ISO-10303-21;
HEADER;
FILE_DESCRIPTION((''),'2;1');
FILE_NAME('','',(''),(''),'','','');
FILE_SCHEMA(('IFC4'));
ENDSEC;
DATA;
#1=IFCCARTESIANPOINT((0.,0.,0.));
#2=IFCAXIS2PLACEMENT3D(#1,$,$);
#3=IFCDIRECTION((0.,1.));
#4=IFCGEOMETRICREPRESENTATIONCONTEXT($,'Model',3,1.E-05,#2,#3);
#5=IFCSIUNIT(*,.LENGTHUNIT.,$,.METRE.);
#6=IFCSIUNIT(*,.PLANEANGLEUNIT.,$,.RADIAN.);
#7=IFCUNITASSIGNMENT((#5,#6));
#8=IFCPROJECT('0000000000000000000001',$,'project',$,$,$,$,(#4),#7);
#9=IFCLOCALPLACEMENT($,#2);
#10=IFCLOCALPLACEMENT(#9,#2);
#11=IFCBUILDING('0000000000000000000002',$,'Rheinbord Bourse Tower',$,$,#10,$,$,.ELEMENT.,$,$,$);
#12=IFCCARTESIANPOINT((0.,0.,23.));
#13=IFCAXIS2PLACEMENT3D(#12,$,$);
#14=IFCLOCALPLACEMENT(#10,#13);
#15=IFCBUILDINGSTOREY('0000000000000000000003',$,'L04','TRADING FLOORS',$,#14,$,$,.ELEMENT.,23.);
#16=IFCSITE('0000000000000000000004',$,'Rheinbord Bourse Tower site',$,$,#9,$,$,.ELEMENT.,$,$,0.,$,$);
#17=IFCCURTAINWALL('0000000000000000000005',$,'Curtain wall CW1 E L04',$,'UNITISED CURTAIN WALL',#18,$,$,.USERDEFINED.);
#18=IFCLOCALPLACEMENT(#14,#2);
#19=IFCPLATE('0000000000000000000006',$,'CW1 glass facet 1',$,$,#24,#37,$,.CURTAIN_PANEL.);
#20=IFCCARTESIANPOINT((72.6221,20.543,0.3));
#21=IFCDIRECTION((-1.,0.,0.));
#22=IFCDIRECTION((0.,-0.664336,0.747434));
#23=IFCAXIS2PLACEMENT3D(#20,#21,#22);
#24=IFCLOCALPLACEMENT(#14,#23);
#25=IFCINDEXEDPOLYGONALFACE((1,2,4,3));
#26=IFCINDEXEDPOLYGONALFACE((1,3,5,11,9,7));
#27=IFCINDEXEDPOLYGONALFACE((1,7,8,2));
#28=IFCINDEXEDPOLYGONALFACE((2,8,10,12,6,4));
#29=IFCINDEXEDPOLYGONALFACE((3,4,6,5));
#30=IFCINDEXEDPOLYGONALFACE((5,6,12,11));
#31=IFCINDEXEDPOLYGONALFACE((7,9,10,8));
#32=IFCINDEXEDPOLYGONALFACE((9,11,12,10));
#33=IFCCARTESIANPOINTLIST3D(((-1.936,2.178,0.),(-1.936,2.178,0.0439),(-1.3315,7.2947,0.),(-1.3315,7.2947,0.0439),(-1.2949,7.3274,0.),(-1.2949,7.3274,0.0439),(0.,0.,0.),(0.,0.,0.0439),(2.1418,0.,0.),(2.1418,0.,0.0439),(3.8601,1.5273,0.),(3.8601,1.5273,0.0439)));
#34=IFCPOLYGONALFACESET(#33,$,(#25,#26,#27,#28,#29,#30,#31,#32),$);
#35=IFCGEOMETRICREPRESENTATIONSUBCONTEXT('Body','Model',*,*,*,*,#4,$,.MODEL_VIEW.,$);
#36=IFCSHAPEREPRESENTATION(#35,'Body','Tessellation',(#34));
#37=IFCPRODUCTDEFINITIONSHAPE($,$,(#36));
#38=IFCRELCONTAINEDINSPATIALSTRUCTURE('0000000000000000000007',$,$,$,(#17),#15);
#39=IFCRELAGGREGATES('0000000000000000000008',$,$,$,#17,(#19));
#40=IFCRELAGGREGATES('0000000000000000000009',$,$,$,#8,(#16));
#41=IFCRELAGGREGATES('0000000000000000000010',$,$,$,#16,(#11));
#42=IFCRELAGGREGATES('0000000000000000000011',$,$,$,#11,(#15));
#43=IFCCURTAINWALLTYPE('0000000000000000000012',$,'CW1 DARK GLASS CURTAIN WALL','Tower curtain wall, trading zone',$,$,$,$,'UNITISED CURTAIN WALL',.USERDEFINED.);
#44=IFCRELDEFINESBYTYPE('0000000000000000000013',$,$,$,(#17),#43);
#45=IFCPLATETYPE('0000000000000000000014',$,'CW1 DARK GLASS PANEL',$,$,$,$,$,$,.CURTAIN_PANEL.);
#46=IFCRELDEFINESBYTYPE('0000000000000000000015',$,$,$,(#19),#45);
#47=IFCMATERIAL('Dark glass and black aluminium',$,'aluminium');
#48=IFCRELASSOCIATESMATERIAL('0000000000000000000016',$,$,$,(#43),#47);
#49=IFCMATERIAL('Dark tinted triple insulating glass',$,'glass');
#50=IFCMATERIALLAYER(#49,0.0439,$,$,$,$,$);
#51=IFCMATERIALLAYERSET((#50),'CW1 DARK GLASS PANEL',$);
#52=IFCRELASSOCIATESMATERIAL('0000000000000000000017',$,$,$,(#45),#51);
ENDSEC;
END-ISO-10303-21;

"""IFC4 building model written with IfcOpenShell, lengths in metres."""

from ifc_helpers import new_model, si_unit, direction, frame, origin, place, context, subcontext, project, spatial, polyline, outline, extrude, material, layer, layer_set, type_object, element, aggregate, save


model = new_model("IFC4")

# Units and contexts
model_context = context("Model", 3, precision=1e-05, world=origin(), true_north=direction((0.0, 1.0)))
body_context = subcontext(model_context, "Body", "Model", "MODEL_VIEW")
ifc_project = project(units=[si_unit("LENGTHUNIT", "METRE"), si_unit("PLANEANGLEUNIT", "RADIAN")], contexts=[model_context])

# Site, building, storey
site_placement = place(None, origin())
site = spatial("IfcSite", under=ifc_project, at=site_placement, Name="Rheinbord Bourse Tower site", CompositionType="ELEMENT", RefElevation=0.0)
building_placement = place(site_placement, origin())
building = spatial("IfcBuilding", under=site, at=building_placement, Name="Rheinbord Bourse Tower", CompositionType="ELEMENT")
storey_placement = place(building_placement, frame((0.0, 0.0, 23.0)))
storey = spatial("IfcBuildingStorey", under=building, at=storey_placement, Name="L04", Description="TRADING FLOORS", CompositionType="ELEMENT", Elevation=23.0)

# Curtain wall
ifc_material_1 = material(Name="Dark glass and black aluminium", Category="aluminium")
curtain_wall_type = type_object("IfcCurtainWallType", Name="CW1 DARK GLASS CURTAIN WALL", Description="Tower curtain wall, trading zone", ElementType="UNITISED CURTAIN WALL", PredefinedType="USERDEFINED", material=ifc_material_1)
curtain_wall_placement = place(storey_placement, origin())
curtain_wall = element("IfcCurtainWall", 1, at=curtain_wall_placement, inside=storey, type_object=curtain_wall_type, Name="Curtain wall CW1 E L04", ObjectType="UNITISED CURTAIN WALL", PredefinedType="USERDEFINED")

# Plate
ifc_material_2 = material(Name="Dark tinted triple insulating glass", Category="glass")
ifc_layer_1 = layer(ifc_material_2, 0.0439)
ifc_layer_set_1 = layer_set([ifc_layer_1], Name="CW1 DARK GLASS PANEL")
plate_type = type_object("IfcPlateType", Name="CW1 DARK GLASS PANEL", PredefinedType="CURTAIN_PANEL", material=ifc_layer_set_1)
plate_1_placement = place(storey_placement, frame((72.6221, 20.543, 0.3), z_axis=(-1.0, 0.0, 0.0), x_axis=(0.0, -0.664336, 0.747434)))
plate_1 = element("IfcPlate", 2, at=plate_1_placement, type_object=plate_type, Name="CW1 glass facet 1", PredefinedType="CURTAIN_PANEL", context=body_context, shape_type="SweptSolid", body=[
    extrude(outline(polyline([(0.0, 0.0), (2.1418, 0.0), (3.8601, 1.5273), (-1.2949, 7.3274), (-1.3315, 7.2947), (-1.936, 2.178), (0.0, 0.0)])), origin(), (0.0, 0.0, 1.0), 0.0439),
])
aggregate(curtain_wall, [plate_1])

save(model, "model.ifc")
